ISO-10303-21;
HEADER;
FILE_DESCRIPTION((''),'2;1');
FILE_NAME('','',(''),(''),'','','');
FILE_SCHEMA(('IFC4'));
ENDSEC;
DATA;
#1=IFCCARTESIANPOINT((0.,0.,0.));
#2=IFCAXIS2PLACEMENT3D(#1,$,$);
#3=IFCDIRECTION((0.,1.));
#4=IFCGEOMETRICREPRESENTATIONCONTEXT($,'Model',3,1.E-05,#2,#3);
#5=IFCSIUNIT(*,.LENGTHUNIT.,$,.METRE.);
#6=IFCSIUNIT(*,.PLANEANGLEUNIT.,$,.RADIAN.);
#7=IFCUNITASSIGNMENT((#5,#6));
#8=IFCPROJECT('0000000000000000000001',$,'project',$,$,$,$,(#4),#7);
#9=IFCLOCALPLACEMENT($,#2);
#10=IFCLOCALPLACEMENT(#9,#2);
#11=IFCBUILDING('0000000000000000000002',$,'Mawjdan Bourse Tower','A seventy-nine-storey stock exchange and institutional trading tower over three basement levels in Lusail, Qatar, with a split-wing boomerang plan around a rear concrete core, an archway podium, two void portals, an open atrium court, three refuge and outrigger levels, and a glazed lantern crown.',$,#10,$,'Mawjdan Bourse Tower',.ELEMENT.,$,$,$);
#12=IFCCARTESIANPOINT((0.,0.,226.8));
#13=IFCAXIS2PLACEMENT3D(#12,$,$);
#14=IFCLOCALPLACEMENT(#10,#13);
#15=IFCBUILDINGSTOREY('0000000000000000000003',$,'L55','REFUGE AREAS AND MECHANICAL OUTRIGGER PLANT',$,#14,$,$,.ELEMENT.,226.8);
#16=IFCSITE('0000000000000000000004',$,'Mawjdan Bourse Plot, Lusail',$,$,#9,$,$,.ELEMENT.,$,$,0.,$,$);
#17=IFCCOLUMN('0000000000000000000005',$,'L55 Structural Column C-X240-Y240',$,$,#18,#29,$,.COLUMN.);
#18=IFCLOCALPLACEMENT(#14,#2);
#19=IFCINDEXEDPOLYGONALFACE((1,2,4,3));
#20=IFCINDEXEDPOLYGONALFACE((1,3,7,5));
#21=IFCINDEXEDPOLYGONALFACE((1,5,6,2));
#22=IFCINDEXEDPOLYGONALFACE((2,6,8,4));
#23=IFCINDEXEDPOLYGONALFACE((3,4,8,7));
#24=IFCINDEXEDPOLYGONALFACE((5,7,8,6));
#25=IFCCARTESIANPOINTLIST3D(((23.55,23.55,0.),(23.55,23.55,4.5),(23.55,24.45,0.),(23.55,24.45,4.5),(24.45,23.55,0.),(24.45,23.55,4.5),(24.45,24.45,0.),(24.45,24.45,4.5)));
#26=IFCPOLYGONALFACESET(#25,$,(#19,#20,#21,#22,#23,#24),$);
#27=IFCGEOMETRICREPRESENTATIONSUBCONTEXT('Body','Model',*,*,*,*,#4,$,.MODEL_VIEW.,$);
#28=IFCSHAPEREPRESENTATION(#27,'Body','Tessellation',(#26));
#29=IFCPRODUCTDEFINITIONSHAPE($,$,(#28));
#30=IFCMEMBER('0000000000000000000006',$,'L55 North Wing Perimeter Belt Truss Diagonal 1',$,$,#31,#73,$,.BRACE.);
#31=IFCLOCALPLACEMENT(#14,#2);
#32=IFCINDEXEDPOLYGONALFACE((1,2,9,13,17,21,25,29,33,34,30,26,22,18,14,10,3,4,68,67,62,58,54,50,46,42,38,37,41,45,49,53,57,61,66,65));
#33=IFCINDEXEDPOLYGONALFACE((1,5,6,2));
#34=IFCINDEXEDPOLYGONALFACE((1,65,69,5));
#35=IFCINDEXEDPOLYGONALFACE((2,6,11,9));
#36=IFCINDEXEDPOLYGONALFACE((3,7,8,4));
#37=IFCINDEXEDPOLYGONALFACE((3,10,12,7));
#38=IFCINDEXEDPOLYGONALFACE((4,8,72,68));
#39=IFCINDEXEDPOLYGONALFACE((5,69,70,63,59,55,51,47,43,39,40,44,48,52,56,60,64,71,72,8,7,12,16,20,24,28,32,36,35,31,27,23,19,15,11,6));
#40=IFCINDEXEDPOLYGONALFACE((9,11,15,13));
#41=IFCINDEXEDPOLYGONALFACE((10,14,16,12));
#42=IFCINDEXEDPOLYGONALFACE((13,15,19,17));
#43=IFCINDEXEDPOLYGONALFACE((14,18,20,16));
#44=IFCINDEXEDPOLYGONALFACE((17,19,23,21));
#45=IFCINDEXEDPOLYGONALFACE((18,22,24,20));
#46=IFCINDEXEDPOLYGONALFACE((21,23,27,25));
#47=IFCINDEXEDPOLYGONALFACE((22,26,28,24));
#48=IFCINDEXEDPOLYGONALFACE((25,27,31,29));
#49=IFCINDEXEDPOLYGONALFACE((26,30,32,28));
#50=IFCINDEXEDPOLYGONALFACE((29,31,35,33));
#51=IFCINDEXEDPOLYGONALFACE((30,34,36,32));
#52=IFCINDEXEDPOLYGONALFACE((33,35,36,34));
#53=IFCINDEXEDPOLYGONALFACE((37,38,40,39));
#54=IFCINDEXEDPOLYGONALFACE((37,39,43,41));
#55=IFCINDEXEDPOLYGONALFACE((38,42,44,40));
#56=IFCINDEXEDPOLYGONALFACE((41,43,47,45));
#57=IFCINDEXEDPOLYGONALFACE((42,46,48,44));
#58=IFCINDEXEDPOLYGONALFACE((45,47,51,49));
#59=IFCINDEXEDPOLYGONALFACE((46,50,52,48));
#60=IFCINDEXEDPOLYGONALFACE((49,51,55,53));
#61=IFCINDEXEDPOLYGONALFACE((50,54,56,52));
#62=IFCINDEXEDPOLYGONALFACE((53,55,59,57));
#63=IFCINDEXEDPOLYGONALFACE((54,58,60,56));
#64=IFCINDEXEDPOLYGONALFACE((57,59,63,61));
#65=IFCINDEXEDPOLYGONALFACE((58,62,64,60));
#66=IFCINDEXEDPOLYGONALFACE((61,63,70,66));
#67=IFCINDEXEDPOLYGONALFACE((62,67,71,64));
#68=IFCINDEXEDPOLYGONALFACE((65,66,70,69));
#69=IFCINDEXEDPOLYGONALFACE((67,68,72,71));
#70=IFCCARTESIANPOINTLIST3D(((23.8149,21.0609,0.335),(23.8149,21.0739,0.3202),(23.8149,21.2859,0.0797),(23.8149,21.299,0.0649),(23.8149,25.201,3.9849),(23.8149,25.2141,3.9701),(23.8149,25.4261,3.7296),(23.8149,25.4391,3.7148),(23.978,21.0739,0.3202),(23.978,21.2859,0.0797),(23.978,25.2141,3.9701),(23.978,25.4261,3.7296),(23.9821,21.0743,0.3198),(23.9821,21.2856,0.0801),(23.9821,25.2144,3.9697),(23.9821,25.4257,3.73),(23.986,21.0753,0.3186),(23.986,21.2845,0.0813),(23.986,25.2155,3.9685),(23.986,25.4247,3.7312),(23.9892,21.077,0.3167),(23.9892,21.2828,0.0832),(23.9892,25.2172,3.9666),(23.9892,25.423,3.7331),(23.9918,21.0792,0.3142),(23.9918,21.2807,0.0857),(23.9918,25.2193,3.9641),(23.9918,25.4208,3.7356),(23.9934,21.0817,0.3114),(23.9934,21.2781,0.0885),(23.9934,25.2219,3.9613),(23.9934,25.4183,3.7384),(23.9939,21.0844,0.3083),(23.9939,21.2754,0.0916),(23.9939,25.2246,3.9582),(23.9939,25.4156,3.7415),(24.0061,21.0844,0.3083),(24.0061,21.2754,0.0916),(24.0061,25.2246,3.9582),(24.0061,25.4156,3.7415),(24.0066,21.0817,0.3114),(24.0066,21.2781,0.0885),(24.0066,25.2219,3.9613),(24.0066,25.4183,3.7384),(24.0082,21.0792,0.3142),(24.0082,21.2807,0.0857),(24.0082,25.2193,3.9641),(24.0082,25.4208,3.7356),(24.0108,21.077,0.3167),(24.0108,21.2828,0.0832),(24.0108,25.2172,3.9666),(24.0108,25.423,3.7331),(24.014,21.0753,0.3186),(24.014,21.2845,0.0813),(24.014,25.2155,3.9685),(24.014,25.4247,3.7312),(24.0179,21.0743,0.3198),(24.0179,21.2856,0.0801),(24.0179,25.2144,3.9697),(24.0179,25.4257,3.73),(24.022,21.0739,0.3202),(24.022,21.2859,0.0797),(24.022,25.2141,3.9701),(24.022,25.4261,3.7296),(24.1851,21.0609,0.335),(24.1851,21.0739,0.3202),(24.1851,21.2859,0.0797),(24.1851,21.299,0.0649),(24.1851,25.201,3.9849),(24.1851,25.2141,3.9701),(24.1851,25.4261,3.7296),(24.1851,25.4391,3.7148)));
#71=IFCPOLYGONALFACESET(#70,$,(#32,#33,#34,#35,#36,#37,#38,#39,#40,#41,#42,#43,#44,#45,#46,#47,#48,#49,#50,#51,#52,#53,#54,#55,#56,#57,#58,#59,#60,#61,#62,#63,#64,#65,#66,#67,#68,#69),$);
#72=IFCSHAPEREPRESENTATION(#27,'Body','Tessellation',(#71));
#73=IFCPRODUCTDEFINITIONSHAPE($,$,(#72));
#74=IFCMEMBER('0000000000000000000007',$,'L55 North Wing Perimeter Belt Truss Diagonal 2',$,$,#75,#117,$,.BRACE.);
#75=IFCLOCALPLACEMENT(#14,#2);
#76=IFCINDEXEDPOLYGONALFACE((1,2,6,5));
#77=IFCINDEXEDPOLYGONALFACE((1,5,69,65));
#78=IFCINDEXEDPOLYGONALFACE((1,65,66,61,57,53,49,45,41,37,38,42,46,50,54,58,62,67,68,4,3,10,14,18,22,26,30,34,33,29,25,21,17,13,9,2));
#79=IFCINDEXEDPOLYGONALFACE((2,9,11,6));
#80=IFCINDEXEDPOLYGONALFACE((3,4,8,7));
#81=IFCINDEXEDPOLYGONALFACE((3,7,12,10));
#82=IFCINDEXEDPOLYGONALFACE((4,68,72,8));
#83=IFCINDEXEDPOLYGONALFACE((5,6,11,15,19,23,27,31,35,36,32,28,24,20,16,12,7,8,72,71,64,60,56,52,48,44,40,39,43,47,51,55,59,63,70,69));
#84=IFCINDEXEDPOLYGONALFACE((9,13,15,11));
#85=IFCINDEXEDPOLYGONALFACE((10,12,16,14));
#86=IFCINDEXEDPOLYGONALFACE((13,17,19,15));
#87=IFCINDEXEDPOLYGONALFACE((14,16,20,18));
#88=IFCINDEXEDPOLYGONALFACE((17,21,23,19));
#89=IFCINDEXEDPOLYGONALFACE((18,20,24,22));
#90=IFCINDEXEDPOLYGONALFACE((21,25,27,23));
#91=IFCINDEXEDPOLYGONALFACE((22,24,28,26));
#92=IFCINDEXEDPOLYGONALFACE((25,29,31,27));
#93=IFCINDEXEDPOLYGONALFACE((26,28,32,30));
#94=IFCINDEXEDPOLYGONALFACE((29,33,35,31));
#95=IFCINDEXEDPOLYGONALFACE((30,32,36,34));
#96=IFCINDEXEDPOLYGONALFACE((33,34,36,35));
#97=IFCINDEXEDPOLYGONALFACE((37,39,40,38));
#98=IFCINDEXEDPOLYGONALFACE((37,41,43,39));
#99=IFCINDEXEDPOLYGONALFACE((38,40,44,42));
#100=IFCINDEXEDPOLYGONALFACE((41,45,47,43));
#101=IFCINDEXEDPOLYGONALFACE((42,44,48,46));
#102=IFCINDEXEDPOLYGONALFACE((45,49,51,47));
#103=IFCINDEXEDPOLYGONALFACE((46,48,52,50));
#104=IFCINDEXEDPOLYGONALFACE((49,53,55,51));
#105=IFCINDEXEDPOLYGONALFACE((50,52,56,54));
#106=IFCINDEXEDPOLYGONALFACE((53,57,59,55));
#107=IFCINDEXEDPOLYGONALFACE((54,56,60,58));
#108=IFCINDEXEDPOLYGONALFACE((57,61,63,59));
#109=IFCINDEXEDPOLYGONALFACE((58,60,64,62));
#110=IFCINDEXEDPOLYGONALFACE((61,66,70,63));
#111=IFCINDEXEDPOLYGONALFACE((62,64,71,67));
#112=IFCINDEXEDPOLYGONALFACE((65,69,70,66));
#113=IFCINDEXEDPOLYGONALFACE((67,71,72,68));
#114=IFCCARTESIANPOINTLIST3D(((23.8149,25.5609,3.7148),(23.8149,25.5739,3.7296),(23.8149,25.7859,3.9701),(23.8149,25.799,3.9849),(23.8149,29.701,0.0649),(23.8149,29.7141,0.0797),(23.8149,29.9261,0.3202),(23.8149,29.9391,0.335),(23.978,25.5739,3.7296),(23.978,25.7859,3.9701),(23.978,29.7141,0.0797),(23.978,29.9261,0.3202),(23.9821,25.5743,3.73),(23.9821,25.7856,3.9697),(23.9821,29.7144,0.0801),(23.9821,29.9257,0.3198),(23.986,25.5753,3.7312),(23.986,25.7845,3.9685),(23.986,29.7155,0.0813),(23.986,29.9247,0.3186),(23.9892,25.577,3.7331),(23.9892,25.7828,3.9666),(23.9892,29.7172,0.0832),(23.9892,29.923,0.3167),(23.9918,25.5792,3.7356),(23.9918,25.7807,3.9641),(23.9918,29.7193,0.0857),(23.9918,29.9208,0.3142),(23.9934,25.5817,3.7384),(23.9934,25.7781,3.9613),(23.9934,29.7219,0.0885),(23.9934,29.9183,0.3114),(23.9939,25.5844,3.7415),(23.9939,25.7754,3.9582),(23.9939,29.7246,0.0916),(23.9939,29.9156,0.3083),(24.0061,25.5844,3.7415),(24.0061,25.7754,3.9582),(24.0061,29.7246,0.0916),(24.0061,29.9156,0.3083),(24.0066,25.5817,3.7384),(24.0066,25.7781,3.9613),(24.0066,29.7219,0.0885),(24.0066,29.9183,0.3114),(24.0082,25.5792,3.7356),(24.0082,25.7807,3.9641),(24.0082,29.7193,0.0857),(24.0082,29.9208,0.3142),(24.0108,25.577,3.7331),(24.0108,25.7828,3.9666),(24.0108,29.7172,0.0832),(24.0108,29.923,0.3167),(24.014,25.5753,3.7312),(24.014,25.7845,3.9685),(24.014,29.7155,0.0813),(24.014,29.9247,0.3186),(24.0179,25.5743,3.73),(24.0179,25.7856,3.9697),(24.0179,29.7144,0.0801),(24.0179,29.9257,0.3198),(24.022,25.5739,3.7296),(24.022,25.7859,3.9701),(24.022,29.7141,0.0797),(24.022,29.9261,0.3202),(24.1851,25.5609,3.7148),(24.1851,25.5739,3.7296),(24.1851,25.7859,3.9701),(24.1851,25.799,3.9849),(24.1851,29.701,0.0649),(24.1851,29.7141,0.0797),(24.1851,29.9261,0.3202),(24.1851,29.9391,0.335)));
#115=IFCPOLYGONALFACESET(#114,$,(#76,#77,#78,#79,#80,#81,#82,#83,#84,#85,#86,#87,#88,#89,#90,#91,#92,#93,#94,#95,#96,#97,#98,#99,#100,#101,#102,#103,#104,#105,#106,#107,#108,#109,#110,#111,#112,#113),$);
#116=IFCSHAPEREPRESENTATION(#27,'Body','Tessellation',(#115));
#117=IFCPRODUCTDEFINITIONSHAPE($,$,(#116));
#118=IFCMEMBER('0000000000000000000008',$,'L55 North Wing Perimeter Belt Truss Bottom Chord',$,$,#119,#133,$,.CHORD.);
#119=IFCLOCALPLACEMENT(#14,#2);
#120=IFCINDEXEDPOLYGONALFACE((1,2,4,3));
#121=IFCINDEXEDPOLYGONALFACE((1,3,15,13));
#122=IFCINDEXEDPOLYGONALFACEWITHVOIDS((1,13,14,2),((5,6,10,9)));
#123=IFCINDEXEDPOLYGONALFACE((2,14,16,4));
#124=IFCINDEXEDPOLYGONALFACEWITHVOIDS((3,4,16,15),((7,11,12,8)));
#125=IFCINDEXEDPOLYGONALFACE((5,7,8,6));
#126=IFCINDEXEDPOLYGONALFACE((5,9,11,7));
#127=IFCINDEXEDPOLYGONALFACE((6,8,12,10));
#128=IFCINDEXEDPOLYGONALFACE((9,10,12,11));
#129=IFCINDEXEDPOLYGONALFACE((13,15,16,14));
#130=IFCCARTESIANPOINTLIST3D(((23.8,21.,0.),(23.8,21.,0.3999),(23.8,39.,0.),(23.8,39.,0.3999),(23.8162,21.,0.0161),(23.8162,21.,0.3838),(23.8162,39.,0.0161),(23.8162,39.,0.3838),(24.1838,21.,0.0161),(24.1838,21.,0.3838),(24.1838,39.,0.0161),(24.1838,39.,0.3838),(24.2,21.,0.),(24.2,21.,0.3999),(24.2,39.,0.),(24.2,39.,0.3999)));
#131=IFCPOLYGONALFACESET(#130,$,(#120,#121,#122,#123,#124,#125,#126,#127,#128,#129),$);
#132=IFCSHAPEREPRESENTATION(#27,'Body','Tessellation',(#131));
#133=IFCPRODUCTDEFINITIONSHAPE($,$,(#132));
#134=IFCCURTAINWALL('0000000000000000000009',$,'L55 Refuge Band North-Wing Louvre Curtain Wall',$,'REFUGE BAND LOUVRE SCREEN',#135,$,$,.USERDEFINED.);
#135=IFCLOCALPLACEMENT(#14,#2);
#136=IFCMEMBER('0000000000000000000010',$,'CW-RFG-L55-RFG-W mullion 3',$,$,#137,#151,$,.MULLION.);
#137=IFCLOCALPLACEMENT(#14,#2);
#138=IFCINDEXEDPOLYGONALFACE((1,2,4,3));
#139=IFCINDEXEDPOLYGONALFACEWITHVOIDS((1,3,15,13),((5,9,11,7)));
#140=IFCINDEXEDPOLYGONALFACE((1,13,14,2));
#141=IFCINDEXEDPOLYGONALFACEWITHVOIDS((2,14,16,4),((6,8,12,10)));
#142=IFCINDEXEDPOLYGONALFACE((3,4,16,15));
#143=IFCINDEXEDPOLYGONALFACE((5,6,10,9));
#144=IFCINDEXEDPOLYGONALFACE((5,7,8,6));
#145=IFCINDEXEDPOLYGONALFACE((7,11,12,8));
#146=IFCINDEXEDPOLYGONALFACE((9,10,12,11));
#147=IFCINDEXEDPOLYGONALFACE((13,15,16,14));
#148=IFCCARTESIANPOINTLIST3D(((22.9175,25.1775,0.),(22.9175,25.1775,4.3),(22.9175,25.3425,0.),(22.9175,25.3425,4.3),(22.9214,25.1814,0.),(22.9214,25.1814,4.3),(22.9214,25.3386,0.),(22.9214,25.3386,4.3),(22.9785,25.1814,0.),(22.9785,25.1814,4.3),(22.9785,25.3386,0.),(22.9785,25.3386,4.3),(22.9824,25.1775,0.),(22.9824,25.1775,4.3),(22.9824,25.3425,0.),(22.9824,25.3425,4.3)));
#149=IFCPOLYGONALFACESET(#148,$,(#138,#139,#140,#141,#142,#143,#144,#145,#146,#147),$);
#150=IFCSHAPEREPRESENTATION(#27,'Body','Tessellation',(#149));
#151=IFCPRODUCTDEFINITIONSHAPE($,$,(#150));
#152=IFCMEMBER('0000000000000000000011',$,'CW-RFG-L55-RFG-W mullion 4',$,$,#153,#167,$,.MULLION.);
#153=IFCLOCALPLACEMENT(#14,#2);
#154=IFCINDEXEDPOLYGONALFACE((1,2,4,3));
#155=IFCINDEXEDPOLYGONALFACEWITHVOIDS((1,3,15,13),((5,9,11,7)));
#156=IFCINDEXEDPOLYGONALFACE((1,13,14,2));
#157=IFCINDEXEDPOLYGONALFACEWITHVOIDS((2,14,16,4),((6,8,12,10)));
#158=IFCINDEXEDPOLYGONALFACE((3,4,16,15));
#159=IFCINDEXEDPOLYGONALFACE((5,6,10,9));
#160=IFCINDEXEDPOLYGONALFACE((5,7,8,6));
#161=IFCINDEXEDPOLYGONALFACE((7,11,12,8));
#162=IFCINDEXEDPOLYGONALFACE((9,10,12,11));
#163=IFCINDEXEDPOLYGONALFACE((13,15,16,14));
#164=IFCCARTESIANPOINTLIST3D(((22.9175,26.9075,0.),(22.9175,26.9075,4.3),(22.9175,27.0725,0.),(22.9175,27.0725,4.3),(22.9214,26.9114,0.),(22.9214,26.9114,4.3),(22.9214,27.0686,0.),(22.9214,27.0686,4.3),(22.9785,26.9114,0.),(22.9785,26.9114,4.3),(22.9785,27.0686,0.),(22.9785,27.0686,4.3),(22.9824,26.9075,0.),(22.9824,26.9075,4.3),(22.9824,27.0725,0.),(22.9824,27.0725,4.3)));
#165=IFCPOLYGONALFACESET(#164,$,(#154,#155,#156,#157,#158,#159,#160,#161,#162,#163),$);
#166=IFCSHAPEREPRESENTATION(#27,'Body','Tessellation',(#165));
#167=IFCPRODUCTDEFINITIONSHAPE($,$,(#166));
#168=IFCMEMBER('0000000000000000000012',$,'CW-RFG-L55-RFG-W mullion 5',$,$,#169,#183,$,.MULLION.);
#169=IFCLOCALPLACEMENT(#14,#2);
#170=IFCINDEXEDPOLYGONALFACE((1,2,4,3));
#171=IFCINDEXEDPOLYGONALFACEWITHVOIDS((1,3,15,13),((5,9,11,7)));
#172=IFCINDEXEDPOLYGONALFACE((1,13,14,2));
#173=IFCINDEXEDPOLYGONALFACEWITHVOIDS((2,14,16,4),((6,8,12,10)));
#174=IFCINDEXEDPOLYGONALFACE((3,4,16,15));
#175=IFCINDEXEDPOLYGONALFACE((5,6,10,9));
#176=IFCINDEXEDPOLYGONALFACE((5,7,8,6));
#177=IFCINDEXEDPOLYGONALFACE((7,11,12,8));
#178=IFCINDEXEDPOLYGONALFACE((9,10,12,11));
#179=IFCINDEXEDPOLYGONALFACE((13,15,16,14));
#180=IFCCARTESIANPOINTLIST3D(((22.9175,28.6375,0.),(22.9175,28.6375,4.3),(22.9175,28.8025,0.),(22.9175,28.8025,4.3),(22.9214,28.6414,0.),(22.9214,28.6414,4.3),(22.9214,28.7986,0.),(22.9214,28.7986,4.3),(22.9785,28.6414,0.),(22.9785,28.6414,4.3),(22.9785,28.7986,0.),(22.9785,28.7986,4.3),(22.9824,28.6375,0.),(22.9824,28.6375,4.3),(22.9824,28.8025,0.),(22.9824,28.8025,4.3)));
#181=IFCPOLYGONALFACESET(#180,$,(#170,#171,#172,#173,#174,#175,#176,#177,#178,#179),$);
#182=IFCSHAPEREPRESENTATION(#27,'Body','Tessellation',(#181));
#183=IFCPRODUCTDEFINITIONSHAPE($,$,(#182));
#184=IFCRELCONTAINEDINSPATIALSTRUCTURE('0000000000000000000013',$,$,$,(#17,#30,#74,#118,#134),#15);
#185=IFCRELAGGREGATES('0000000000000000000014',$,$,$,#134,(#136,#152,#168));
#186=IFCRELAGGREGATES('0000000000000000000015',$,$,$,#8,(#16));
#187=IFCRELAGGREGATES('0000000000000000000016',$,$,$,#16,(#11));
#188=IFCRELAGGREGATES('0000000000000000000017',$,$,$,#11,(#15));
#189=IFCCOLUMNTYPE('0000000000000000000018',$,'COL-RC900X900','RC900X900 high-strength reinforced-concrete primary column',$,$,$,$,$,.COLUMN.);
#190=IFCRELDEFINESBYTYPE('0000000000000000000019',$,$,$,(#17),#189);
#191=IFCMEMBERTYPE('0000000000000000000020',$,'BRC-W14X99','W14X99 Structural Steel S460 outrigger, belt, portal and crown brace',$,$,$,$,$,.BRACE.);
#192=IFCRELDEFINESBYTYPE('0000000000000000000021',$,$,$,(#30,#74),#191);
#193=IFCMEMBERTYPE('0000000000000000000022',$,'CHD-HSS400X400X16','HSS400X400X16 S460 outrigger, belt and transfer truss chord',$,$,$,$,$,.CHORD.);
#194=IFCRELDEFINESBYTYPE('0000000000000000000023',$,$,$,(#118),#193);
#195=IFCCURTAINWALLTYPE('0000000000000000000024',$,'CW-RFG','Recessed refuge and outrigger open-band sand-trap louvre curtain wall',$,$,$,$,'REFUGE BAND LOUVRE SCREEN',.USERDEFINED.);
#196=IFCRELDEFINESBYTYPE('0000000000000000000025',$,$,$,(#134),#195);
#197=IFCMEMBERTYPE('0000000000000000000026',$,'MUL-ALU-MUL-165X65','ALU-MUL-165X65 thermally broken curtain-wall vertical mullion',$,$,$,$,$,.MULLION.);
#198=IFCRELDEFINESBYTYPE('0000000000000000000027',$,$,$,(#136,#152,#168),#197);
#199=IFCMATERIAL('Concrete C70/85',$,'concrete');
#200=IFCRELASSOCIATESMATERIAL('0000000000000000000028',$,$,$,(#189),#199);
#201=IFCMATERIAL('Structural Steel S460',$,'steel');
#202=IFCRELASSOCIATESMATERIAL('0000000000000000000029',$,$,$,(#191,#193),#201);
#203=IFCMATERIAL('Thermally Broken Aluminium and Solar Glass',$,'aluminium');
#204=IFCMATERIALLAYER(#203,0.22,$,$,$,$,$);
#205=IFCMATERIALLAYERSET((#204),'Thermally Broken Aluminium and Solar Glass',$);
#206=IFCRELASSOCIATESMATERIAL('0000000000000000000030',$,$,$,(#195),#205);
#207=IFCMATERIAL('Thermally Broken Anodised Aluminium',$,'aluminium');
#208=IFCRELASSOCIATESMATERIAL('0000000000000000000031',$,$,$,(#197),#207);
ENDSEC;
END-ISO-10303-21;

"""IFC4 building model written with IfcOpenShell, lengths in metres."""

from ifc_helpers import new_model, si_unit, direction, frame, origin, origin_2d, place, context, subcontext, project, spatial, rectangle, hollow_rectangle, i_section, extrude, material, layer, layer_set, material_profile, profile_set, type_object, element, aggregate, save


model = new_model("IFC4")

# Units and contexts
model_context = context("Model", 3, precision=1e-05, world=origin(), true_north=direction((0.0, 1.0)))
body_context = subcontext(model_context, "Body", "Model", "MODEL_VIEW")
ifc_project = project(units=[si_unit("LENGTHUNIT", "METRE"), si_unit("PLANEANGLEUNIT", "RADIAN")], contexts=[model_context])

# Site, building, storey
site_placement = place(None, origin())
site = spatial("IfcSite", under=ifc_project, at=site_placement, Name="Mawjdan Bourse Plot, Lusail", CompositionType="ELEMENT", RefElevation=0.0)
building_placement = place(site_placement, origin())
building = spatial("IfcBuilding", under=site, at=building_placement, Name="Mawjdan Bourse Tower", Description="A seventy-nine-storey stock exchange and institutional trading tower over three basement levels in Lusail, Qatar, with a split-wing boomerang plan around a rear concrete core, an archway podium, two void portals, an open atrium court, three refuge and outrigger levels, and a glazed lantern crown.", LongName="Mawjdan Bourse Tower", CompositionType="ELEMENT")
storey_placement = place(building_placement, frame((0.0, 0.0, 226.8)))
storey = spatial("IfcBuildingStorey", under=building, at=storey_placement, Name="L55", Description="REFUGE AREAS AND MECHANICAL OUTRIGGER PLANT", CompositionType="ELEMENT", Elevation=226.8)

# Column
ifc_material_1 = material(Name="Concrete C70/85", Category="concrete")
ifc_material_profile_1 = material_profile(ifc_material_1, rectangle(XDim=0.8999, YDim=0.8999, at=origin_2d()), Name="RC900X900")
ifc_profile_set_1 = profile_set([ifc_material_profile_1], Name="Concrete C70/85")
column_type = type_object("IfcColumnType", Name="COL-RC900X900", Description="RC900X900 high-strength reinforced-concrete primary column", PredefinedType="COLUMN", material=ifc_profile_set_1)
column_placement = place(storey_placement, frame((24.0, 24.0, 0.0), z_axis=(0.0, 0.0, 1.0), x_axis=(1.0, 0.0, 0.0)))
element("IfcColumn", 1, at=column_placement, inside=storey, type_object=column_type, Name="L55 Structural Column C-X240-Y240", PredefinedType="COLUMN", context=body_context, shape_type="SweptSolid", body=[
    extrude(rectangle(XDim=0.8999, YDim=0.8999, at=origin_2d()), origin(), (0.0, 0.0, 1.0), 4.5),
])

# Members
ifc_material_2 = material(Name="Structural Steel S460", Category="steel")
ifc_material_profile_2 = material_profile(ifc_material_2, i_section(OverallWidth=0.3701, OverallDepth=0.3601, WebThickness=0.0122, FlangeThickness=0.0198, FilletRadius=0.0159, at=origin_2d()), Name="W14X99")
ifc_profile_set_2 = profile_set([ifc_material_profile_2], Name="Structural Steel S460")
member_type_1 = type_object("IfcMemberType", Name="BRC-W14X99", Description="W14X99 Structural Steel S460 outrigger, belt, portal and crown brace", PredefinedType="BRACE", material=ifc_profile_set_2)
for number, where, z_axis, x_axis, name in (
    (2, (24.0, 21.1799, 0.2), (0.0, 0.750122, 0.6613), (-1.0, 0.0, 0.0), "L55 North Wing Perimeter Belt Truss Diagonal 1"),
    (3, (24.0, 25.6799, 3.8499), (0.0, 0.750122, -0.6613), (-1.0, 0.0, 0.0), "L55 North Wing Perimeter Belt Truss Diagonal 2"),
):
    element("IfcMember", number, at=place(storey_placement, frame(where, z_axis=z_axis, x_axis=x_axis)), inside=storey, type_object=member_type_1, Name=name, PredefinedType="BRACE", context=body_context, shape_type="SweptSolid", body=[
        extrude(i_section(OverallWidth=0.3701, OverallDepth=0.3601, WebThickness=0.0122, FlangeThickness=0.0198, FilletRadius=0.0159, at=origin_2d()), origin(), (0.0, 0.0, 1.0), 5.5193),
    ])
ifc_material_profile_3 = material_profile(ifc_material_2, hollow_rectangle(XDim=0.3999, YDim=0.3999, WallThickness=0.0161, at=origin_2d()), Name="HSS400X400X16")
ifc_profile_set_3 = profile_set([ifc_material_profile_3], Name="Structural Steel S460")
member_type_2 = type_object("IfcMemberType", Name="CHD-HSS400X400X16", Description="HSS400X400X16 S460 outrigger, belt and transfer truss chord", PredefinedType="CHORD", material=ifc_profile_set_3)
member_1_placement = place(storey_placement, frame((24.0, 21.0, 0.2), z_axis=(0.0, 1.0, 0.0), x_axis=(-1.0, 0.0, 0.0)))
element("IfcMember", 4, at=member_1_placement, inside=storey, type_object=member_type_2, Name="L55 North Wing Perimeter Belt Truss Bottom Chord", PredefinedType="CHORD", context=body_context, shape_type="SweptSolid", body=[
    extrude(hollow_rectangle(XDim=0.3999, YDim=0.3999, WallThickness=0.0161, at=origin_2d()), origin(), (0.0, 0.0, 1.0), 18.0),
])

# Curtain wall, members
ifc_material_3 = material(Name="Thermally Broken Aluminium and Solar Glass", Category="aluminium")
ifc_layer_1 = layer(ifc_material_3, 0.22)
ifc_layer_set_1 = layer_set([ifc_layer_1], Name="Thermally Broken Aluminium and Solar Glass")
curtain_wall_type = type_object("IfcCurtainWallType", Name="CW-RFG", Description="Recessed refuge and outrigger open-band sand-trap louvre curtain wall", ElementType="REFUGE BAND LOUVRE SCREEN", PredefinedType="USERDEFINED", material=ifc_layer_set_1)
curtain_wall_placement = place(storey_placement, origin())
curtain_wall = element("IfcCurtainWall", 5, at=curtain_wall_placement, inside=storey, type_object=curtain_wall_type, Name="L55 Refuge Band North-Wing Louvre Curtain Wall", ObjectType="REFUGE BAND LOUVRE SCREEN", PredefinedType="USERDEFINED")
ifc_material_4 = material(Name="Thermally Broken Anodised Aluminium", Category="aluminium")
ifc_material_profile_4 = material_profile(ifc_material_4, hollow_rectangle(XDim=0.0649, YDim=0.165, WallThickness=0.0039, at=origin_2d()), Name="ALU-MUL-165X65")
ifc_profile_set_4 = profile_set([ifc_material_profile_4], Name="Thermally Broken Anodised Aluminium")
member_type_3 = type_object("IfcMemberType", Name="MUL-ALU-MUL-165X65", Description="ALU-MUL-165X65 thermally broken curtain-wall vertical mullion", PredefinedType="MULLION", material=ifc_profile_set_4)
member_2_placement = place(storey_placement, frame((22.95, 25.26, 0.0), z_axis=(0.0, 0.0, 1.0), x_axis=(-1.0, 0.0, 0.0)))
member_2 = element("IfcMember", 6, at=member_2_placement, type_object=member_type_3, Name="CW-RFG-L55-RFG-W mullion 3", PredefinedType="MULLION", context=body_context, shape_type="SweptSolid", body=[
    extrude(hollow_rectangle(XDim=0.0649, YDim=0.165, WallThickness=0.0039, at=origin_2d()), origin(), (0.0, 0.0, 1.0), 4.3),
])
member_3_placement = place(storey_placement, frame((22.95, 26.99, 0.0), z_axis=(0.0, 0.0, 1.0), x_axis=(-1.0, 0.0, 0.0)))
member_3 = element("IfcMember", 7, at=member_3_placement, type_object=member_type_3, Name="CW-RFG-L55-RFG-W mullion 4", PredefinedType="MULLION", context=body_context, shape_type="SweptSolid", body=[
    extrude(hollow_rectangle(XDim=0.0649, YDim=0.165, WallThickness=0.0039, at=origin_2d()), origin(), (0.0, 0.0, 1.0), 4.3),
])
member_4_placement = place(storey_placement, frame((22.95, 28.72, 0.0), z_axis=(0.0, 0.0, 1.0), x_axis=(-1.0, 0.0, 0.0)))
member_4 = element("IfcMember", 8, at=member_4_placement, type_object=member_type_3, Name="CW-RFG-L55-RFG-W mullion 5", PredefinedType="MULLION", context=body_context, shape_type="SweptSolid", body=[
    extrude(hollow_rectangle(XDim=0.0649, YDim=0.165, WallThickness=0.0039, at=origin_2d()), origin(), (0.0, 0.0, 1.0), 4.3),
])

aggregate(curtain_wall, [member_2, member_3, member_4])

save(model, "model.ifc")
